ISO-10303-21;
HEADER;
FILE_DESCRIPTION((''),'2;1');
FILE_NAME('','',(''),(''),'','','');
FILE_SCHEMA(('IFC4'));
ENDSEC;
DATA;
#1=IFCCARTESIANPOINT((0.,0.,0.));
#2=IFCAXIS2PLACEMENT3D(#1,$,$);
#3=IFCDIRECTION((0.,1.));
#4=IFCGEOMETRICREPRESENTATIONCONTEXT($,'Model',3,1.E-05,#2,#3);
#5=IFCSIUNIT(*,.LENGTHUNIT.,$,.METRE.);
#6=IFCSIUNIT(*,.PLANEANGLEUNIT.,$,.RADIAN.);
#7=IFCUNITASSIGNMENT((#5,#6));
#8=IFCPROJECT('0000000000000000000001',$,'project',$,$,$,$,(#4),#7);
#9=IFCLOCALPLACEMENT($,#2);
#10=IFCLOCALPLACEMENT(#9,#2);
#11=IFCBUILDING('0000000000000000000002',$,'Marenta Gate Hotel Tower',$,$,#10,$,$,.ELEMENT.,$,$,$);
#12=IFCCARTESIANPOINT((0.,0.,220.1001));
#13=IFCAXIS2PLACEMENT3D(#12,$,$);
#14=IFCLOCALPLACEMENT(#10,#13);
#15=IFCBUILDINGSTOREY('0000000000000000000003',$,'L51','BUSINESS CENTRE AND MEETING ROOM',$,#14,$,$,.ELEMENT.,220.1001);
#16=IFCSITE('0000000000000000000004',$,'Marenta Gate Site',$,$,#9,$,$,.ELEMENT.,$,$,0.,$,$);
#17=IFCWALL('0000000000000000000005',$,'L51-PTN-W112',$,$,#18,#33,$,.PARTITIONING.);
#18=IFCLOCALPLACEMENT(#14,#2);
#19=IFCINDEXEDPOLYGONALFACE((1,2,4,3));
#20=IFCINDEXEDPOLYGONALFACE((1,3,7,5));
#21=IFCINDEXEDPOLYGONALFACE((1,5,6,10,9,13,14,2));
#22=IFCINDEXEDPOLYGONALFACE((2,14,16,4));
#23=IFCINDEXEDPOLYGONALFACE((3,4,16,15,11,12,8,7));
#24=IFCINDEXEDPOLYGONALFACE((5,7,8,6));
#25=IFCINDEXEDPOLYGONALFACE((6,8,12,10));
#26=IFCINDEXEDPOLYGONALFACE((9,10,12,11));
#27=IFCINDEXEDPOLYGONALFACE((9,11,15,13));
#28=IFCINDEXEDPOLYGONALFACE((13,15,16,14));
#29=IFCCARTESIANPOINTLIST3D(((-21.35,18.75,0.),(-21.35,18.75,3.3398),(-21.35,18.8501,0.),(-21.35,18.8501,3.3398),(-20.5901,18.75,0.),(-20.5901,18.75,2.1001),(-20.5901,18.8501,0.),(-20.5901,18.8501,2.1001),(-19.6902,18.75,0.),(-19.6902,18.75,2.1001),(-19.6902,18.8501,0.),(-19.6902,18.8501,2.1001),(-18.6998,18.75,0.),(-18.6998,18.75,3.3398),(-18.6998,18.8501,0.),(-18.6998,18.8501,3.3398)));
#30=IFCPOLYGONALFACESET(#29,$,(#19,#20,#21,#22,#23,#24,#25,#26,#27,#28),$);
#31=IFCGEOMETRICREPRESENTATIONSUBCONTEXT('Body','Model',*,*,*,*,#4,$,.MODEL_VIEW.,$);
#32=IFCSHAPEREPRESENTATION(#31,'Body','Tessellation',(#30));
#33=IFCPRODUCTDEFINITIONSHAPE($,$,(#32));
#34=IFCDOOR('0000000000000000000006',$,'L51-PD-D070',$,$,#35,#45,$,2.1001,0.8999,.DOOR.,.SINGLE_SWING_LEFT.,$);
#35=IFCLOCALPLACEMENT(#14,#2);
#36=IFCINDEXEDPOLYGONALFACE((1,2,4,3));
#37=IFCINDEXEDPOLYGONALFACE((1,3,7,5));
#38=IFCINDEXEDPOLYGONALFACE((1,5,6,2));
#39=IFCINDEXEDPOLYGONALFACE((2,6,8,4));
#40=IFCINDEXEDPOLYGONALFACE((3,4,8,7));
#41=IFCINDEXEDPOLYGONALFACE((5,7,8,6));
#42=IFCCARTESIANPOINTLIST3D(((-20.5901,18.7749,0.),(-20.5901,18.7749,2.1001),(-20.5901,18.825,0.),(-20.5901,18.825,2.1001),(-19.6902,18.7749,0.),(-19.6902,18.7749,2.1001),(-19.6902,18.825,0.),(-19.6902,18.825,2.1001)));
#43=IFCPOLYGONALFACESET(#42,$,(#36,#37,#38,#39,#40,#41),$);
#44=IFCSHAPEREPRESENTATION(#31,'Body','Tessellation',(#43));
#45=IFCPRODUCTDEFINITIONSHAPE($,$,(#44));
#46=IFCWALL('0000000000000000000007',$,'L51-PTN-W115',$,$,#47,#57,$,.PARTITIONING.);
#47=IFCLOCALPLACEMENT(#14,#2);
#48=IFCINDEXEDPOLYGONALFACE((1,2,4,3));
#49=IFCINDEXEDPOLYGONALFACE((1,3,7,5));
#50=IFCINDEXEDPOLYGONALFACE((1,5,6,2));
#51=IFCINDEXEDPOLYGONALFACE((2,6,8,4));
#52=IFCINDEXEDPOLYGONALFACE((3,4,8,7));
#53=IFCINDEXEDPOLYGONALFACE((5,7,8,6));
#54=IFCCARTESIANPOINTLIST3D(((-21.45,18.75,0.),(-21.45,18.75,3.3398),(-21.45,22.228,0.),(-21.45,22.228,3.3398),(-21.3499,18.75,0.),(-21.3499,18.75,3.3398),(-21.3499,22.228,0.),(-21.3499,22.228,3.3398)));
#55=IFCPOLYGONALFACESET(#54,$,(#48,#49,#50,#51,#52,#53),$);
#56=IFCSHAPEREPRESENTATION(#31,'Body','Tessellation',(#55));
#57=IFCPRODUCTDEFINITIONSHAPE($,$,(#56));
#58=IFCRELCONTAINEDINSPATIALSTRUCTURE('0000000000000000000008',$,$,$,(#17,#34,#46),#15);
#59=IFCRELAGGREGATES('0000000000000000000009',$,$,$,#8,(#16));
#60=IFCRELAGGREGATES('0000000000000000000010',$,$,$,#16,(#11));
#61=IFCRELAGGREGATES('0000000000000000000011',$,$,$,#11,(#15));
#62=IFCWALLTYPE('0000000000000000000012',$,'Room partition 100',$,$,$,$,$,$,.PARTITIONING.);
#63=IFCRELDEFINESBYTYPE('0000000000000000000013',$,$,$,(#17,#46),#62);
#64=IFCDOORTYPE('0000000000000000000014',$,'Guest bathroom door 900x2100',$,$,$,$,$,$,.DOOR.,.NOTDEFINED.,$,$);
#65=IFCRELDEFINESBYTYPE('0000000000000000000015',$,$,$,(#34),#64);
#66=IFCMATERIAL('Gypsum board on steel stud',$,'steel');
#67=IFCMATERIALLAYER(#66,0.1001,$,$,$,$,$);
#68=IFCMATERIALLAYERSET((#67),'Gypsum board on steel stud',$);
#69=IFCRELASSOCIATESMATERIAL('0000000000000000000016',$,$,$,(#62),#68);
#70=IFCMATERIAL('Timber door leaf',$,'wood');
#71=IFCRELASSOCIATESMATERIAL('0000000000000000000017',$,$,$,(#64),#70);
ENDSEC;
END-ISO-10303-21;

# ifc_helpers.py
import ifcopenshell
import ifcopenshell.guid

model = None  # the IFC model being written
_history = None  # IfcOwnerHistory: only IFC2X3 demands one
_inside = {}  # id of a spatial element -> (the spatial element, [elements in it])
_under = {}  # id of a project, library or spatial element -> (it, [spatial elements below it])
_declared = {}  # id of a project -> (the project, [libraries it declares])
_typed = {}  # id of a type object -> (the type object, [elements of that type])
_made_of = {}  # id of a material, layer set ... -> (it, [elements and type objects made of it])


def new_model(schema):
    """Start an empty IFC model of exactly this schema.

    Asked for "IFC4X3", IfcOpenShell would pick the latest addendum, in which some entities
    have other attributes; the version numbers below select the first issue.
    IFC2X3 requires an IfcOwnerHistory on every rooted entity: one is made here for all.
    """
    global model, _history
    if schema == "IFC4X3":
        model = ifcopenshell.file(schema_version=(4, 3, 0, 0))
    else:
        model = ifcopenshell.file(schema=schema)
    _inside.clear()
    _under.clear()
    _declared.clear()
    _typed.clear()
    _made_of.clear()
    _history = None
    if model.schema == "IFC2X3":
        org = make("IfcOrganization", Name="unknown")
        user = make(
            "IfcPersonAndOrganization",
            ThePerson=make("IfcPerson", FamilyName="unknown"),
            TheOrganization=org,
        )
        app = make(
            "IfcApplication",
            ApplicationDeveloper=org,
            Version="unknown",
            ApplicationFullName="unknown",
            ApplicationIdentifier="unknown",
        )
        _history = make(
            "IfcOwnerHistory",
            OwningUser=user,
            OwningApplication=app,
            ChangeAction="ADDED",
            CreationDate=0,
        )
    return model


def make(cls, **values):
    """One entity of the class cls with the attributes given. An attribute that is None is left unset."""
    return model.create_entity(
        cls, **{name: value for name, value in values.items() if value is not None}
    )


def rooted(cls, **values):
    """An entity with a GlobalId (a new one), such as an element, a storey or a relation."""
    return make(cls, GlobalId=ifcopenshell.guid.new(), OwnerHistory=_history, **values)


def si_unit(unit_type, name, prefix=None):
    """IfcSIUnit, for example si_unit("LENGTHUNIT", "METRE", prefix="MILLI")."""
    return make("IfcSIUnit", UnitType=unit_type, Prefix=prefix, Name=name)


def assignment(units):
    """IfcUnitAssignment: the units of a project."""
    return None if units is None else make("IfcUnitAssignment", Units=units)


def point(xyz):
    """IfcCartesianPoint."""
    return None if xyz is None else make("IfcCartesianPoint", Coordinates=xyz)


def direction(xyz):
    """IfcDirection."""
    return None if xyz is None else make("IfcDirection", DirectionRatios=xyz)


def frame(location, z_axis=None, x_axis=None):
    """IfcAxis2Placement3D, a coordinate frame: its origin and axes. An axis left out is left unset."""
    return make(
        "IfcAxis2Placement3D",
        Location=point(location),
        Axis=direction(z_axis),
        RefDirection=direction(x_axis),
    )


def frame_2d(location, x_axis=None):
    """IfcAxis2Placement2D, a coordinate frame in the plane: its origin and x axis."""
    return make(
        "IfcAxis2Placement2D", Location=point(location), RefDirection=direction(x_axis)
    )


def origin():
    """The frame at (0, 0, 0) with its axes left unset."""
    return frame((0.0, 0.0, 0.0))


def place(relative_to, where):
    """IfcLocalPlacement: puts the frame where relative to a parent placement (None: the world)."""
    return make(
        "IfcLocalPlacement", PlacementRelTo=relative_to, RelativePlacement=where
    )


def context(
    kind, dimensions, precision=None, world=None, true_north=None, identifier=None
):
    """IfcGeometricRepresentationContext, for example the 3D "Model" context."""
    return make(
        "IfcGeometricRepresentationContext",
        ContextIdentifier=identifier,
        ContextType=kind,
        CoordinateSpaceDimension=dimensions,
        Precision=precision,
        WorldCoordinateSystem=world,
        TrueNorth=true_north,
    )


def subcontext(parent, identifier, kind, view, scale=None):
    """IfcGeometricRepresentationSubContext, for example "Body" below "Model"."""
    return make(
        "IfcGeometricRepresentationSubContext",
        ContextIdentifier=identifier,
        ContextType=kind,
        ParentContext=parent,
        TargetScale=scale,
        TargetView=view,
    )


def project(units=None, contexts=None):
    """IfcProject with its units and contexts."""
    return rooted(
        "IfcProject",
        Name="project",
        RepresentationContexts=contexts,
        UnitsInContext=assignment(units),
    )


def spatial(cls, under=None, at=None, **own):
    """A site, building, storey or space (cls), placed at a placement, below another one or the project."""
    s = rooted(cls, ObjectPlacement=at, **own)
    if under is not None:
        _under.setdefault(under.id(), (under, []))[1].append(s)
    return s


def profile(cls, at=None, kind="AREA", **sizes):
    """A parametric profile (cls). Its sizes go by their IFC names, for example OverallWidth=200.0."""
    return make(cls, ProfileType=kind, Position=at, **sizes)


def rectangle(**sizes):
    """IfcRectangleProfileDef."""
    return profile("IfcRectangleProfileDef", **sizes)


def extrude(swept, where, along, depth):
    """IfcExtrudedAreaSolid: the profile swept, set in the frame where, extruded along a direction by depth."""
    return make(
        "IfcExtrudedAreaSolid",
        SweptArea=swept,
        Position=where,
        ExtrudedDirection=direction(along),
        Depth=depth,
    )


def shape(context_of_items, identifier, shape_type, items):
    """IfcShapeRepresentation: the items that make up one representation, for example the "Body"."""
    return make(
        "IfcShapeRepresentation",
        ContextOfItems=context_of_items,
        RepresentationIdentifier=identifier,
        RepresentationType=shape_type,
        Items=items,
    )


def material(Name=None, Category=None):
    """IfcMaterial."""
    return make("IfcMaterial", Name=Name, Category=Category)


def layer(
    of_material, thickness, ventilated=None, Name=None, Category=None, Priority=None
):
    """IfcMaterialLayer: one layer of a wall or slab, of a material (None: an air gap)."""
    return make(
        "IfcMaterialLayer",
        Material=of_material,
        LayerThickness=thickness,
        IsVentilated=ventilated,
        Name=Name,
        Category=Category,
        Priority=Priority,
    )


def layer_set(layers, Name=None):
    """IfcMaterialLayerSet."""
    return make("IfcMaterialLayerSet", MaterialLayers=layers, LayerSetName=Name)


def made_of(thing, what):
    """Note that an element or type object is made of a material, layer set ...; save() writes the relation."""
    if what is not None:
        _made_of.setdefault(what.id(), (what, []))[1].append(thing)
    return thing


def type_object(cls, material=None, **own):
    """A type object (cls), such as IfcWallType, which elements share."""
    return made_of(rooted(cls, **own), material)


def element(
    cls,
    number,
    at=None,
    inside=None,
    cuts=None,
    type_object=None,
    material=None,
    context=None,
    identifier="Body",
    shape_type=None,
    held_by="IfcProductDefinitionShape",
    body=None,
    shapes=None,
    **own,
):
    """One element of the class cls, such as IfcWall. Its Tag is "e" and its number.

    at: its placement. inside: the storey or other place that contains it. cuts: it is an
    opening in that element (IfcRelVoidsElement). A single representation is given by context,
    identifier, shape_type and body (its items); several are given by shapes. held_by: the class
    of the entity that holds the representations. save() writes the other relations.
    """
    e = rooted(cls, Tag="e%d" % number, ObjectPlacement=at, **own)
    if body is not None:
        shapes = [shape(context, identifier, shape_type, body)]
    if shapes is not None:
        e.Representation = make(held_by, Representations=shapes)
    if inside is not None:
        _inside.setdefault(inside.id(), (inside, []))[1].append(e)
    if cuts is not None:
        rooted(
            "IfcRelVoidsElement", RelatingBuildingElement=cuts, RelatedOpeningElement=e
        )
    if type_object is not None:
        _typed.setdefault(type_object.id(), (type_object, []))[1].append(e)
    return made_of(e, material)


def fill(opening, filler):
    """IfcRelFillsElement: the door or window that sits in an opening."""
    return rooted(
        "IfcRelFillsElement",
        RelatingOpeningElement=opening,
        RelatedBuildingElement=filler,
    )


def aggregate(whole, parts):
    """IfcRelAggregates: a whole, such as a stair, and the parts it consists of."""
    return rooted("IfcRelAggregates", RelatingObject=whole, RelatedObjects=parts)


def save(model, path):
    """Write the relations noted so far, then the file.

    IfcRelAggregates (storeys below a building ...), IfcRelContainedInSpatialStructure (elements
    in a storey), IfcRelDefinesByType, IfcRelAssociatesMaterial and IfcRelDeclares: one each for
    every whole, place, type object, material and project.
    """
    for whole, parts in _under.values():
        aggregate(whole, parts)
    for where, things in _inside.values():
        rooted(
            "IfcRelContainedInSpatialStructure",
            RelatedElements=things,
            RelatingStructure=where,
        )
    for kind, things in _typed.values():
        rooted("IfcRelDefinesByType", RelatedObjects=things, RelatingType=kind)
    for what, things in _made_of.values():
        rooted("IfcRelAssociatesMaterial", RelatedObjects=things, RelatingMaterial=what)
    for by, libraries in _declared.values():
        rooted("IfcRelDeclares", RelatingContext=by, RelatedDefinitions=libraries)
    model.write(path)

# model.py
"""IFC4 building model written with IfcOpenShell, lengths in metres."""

from ifc_helpers import new_model, si_unit, direction, frame, frame_2d, origin, place, context, subcontext, project, spatial, rectangle, extrude, material, layer, layer_set, type_object, element, fill, save


model = new_model("IFC4")

# Units and contexts
model_context = context("Model", 3, precision=1e-05, world=origin(), true_north=direction((0.0, 1.0)))
body_context = subcontext(model_context, "Body", "Model", "MODEL_VIEW")
ifc_project = project(units=[si_unit("LENGTHUNIT", "METRE"), si_unit("PLANEANGLEUNIT", "RADIAN")], contexts=[model_context])

# Site, building, storey
site_placement = place(None, origin())
site = spatial("IfcSite", under=ifc_project, at=site_placement, Name="Marenta Gate Site", CompositionType="ELEMENT", RefElevation=0.0)
building_placement = place(site_placement, origin())
building = spatial("IfcBuilding", under=site, at=building_placement, Name="Marenta Gate Hotel Tower", CompositionType="ELEMENT")
storey_placement = place(building_placement, frame((0.0, 0.0, 220.1001)))
storey = spatial("IfcBuildingStorey", under=building, at=storey_placement, Name="L51", Description="BUSINESS CENTRE AND MEETING ROOM", CompositionType="ELEMENT", Elevation=220.1001)

# Shared definitions
ifc_material_1 = material(Name="Gypsum board on steel stud", Category="steel")
ifc_layer_1 = layer(ifc_material_1, 0.1001)
ifc_layer_set_1 = layer_set([ifc_layer_1], Name="Gypsum board on steel stud")
wall_type_1 = type_object("IfcWallType", Name="Room partition 100", PredefinedType="PARTITIONING", material=ifc_layer_set_1)

# Wall, opening, door
wall_1_placement = place(storey_placement, frame((-21.3501, 18.8, 0.0), z_axis=(0.0, 0.0, 1.0), x_axis=(1.0, 0.0, 0.0)))
wall_1 = element("IfcWall", 1, at=wall_1_placement, inside=storey, type_object=wall_type_1, Name="L51-PTN-W112", PredefinedType="PARTITIONING", context=body_context, shape_type="SweptSolid", body=[
    extrude(rectangle(XDim=2.6501, YDim=0.1001, at=frame_2d((1.3252, 0.0))), origin(), (0.0, 0.0, 1.0), 3.3398),
])
opening_1_placement = place(wall_1_placement, frame((0.76, 0.0, 0.0)))
opening_1 = element("IfcOpeningElement", 2, at=opening_1_placement, cuts=wall_1, PredefinedType="OPENING", context=body_context, shape_type="SweptSolid", body=[
    extrude(rectangle(XDim=0.8999, YDim=2.1001, at=frame_2d((0.45, 1.05))), frame((0.0, 0.05, 0.0), z_axis=(0.0, -1.0, 0.0), x_axis=(1.0, 0.0, 0.0)), (0.0, 0.0, 1.0), 0.1001),
])
ifc_material_2 = material(Name="Timber door leaf", Category="wood")
door_type_1 = type_object("IfcDoorType", Name="Guest bathroom door 900x2100", OperationType="NOTDEFINED", PredefinedType="DOOR", material=ifc_material_2)
door_1_placement = place(opening_1_placement, origin())
door_1 = element("IfcDoor", 3, at=door_1_placement, inside=storey, type_object=door_type_1, Name="L51-PD-D070", OperationType="SINGLE_SWING_LEFT", OverallHeight=2.1001, OverallWidth=0.8999, PredefinedType="DOOR", context=body_context, shape_type="SweptSolid", body=[
    extrude(rectangle(XDim=0.8999, YDim=2.1001, at=frame_2d((0.45, 1.05))), frame((0.0, 0.0249, 0.0), z_axis=(0.0, -1.0, 0.0), x_axis=(1.0, 0.0, 0.0)), (0.0, 0.0, 1.0), 0.05),
])
fill(opening_1, door_1)

# Wall
wall_2_placement = place(storey_placement, frame((-21.3999, 18.75, 0.0), z_axis=(0.0, 0.0, 1.0), x_axis=(0.0, 1.0, 0.0)))
element("IfcWall", 4, at=wall_2_placement, inside=storey, type_object=wall_type_1, Name="L51-PTN-W115", PredefinedType="PARTITIONING", context=body_context, shape_type="SweptSolid", body=[
    extrude(rectangle(XDim=3.478, YDim=0.1001, at=frame_2d((1.739, 0.0))), origin(), (0.0, 0.0, 1.0), 3.3398),
])

save(model, "model.ifc")
